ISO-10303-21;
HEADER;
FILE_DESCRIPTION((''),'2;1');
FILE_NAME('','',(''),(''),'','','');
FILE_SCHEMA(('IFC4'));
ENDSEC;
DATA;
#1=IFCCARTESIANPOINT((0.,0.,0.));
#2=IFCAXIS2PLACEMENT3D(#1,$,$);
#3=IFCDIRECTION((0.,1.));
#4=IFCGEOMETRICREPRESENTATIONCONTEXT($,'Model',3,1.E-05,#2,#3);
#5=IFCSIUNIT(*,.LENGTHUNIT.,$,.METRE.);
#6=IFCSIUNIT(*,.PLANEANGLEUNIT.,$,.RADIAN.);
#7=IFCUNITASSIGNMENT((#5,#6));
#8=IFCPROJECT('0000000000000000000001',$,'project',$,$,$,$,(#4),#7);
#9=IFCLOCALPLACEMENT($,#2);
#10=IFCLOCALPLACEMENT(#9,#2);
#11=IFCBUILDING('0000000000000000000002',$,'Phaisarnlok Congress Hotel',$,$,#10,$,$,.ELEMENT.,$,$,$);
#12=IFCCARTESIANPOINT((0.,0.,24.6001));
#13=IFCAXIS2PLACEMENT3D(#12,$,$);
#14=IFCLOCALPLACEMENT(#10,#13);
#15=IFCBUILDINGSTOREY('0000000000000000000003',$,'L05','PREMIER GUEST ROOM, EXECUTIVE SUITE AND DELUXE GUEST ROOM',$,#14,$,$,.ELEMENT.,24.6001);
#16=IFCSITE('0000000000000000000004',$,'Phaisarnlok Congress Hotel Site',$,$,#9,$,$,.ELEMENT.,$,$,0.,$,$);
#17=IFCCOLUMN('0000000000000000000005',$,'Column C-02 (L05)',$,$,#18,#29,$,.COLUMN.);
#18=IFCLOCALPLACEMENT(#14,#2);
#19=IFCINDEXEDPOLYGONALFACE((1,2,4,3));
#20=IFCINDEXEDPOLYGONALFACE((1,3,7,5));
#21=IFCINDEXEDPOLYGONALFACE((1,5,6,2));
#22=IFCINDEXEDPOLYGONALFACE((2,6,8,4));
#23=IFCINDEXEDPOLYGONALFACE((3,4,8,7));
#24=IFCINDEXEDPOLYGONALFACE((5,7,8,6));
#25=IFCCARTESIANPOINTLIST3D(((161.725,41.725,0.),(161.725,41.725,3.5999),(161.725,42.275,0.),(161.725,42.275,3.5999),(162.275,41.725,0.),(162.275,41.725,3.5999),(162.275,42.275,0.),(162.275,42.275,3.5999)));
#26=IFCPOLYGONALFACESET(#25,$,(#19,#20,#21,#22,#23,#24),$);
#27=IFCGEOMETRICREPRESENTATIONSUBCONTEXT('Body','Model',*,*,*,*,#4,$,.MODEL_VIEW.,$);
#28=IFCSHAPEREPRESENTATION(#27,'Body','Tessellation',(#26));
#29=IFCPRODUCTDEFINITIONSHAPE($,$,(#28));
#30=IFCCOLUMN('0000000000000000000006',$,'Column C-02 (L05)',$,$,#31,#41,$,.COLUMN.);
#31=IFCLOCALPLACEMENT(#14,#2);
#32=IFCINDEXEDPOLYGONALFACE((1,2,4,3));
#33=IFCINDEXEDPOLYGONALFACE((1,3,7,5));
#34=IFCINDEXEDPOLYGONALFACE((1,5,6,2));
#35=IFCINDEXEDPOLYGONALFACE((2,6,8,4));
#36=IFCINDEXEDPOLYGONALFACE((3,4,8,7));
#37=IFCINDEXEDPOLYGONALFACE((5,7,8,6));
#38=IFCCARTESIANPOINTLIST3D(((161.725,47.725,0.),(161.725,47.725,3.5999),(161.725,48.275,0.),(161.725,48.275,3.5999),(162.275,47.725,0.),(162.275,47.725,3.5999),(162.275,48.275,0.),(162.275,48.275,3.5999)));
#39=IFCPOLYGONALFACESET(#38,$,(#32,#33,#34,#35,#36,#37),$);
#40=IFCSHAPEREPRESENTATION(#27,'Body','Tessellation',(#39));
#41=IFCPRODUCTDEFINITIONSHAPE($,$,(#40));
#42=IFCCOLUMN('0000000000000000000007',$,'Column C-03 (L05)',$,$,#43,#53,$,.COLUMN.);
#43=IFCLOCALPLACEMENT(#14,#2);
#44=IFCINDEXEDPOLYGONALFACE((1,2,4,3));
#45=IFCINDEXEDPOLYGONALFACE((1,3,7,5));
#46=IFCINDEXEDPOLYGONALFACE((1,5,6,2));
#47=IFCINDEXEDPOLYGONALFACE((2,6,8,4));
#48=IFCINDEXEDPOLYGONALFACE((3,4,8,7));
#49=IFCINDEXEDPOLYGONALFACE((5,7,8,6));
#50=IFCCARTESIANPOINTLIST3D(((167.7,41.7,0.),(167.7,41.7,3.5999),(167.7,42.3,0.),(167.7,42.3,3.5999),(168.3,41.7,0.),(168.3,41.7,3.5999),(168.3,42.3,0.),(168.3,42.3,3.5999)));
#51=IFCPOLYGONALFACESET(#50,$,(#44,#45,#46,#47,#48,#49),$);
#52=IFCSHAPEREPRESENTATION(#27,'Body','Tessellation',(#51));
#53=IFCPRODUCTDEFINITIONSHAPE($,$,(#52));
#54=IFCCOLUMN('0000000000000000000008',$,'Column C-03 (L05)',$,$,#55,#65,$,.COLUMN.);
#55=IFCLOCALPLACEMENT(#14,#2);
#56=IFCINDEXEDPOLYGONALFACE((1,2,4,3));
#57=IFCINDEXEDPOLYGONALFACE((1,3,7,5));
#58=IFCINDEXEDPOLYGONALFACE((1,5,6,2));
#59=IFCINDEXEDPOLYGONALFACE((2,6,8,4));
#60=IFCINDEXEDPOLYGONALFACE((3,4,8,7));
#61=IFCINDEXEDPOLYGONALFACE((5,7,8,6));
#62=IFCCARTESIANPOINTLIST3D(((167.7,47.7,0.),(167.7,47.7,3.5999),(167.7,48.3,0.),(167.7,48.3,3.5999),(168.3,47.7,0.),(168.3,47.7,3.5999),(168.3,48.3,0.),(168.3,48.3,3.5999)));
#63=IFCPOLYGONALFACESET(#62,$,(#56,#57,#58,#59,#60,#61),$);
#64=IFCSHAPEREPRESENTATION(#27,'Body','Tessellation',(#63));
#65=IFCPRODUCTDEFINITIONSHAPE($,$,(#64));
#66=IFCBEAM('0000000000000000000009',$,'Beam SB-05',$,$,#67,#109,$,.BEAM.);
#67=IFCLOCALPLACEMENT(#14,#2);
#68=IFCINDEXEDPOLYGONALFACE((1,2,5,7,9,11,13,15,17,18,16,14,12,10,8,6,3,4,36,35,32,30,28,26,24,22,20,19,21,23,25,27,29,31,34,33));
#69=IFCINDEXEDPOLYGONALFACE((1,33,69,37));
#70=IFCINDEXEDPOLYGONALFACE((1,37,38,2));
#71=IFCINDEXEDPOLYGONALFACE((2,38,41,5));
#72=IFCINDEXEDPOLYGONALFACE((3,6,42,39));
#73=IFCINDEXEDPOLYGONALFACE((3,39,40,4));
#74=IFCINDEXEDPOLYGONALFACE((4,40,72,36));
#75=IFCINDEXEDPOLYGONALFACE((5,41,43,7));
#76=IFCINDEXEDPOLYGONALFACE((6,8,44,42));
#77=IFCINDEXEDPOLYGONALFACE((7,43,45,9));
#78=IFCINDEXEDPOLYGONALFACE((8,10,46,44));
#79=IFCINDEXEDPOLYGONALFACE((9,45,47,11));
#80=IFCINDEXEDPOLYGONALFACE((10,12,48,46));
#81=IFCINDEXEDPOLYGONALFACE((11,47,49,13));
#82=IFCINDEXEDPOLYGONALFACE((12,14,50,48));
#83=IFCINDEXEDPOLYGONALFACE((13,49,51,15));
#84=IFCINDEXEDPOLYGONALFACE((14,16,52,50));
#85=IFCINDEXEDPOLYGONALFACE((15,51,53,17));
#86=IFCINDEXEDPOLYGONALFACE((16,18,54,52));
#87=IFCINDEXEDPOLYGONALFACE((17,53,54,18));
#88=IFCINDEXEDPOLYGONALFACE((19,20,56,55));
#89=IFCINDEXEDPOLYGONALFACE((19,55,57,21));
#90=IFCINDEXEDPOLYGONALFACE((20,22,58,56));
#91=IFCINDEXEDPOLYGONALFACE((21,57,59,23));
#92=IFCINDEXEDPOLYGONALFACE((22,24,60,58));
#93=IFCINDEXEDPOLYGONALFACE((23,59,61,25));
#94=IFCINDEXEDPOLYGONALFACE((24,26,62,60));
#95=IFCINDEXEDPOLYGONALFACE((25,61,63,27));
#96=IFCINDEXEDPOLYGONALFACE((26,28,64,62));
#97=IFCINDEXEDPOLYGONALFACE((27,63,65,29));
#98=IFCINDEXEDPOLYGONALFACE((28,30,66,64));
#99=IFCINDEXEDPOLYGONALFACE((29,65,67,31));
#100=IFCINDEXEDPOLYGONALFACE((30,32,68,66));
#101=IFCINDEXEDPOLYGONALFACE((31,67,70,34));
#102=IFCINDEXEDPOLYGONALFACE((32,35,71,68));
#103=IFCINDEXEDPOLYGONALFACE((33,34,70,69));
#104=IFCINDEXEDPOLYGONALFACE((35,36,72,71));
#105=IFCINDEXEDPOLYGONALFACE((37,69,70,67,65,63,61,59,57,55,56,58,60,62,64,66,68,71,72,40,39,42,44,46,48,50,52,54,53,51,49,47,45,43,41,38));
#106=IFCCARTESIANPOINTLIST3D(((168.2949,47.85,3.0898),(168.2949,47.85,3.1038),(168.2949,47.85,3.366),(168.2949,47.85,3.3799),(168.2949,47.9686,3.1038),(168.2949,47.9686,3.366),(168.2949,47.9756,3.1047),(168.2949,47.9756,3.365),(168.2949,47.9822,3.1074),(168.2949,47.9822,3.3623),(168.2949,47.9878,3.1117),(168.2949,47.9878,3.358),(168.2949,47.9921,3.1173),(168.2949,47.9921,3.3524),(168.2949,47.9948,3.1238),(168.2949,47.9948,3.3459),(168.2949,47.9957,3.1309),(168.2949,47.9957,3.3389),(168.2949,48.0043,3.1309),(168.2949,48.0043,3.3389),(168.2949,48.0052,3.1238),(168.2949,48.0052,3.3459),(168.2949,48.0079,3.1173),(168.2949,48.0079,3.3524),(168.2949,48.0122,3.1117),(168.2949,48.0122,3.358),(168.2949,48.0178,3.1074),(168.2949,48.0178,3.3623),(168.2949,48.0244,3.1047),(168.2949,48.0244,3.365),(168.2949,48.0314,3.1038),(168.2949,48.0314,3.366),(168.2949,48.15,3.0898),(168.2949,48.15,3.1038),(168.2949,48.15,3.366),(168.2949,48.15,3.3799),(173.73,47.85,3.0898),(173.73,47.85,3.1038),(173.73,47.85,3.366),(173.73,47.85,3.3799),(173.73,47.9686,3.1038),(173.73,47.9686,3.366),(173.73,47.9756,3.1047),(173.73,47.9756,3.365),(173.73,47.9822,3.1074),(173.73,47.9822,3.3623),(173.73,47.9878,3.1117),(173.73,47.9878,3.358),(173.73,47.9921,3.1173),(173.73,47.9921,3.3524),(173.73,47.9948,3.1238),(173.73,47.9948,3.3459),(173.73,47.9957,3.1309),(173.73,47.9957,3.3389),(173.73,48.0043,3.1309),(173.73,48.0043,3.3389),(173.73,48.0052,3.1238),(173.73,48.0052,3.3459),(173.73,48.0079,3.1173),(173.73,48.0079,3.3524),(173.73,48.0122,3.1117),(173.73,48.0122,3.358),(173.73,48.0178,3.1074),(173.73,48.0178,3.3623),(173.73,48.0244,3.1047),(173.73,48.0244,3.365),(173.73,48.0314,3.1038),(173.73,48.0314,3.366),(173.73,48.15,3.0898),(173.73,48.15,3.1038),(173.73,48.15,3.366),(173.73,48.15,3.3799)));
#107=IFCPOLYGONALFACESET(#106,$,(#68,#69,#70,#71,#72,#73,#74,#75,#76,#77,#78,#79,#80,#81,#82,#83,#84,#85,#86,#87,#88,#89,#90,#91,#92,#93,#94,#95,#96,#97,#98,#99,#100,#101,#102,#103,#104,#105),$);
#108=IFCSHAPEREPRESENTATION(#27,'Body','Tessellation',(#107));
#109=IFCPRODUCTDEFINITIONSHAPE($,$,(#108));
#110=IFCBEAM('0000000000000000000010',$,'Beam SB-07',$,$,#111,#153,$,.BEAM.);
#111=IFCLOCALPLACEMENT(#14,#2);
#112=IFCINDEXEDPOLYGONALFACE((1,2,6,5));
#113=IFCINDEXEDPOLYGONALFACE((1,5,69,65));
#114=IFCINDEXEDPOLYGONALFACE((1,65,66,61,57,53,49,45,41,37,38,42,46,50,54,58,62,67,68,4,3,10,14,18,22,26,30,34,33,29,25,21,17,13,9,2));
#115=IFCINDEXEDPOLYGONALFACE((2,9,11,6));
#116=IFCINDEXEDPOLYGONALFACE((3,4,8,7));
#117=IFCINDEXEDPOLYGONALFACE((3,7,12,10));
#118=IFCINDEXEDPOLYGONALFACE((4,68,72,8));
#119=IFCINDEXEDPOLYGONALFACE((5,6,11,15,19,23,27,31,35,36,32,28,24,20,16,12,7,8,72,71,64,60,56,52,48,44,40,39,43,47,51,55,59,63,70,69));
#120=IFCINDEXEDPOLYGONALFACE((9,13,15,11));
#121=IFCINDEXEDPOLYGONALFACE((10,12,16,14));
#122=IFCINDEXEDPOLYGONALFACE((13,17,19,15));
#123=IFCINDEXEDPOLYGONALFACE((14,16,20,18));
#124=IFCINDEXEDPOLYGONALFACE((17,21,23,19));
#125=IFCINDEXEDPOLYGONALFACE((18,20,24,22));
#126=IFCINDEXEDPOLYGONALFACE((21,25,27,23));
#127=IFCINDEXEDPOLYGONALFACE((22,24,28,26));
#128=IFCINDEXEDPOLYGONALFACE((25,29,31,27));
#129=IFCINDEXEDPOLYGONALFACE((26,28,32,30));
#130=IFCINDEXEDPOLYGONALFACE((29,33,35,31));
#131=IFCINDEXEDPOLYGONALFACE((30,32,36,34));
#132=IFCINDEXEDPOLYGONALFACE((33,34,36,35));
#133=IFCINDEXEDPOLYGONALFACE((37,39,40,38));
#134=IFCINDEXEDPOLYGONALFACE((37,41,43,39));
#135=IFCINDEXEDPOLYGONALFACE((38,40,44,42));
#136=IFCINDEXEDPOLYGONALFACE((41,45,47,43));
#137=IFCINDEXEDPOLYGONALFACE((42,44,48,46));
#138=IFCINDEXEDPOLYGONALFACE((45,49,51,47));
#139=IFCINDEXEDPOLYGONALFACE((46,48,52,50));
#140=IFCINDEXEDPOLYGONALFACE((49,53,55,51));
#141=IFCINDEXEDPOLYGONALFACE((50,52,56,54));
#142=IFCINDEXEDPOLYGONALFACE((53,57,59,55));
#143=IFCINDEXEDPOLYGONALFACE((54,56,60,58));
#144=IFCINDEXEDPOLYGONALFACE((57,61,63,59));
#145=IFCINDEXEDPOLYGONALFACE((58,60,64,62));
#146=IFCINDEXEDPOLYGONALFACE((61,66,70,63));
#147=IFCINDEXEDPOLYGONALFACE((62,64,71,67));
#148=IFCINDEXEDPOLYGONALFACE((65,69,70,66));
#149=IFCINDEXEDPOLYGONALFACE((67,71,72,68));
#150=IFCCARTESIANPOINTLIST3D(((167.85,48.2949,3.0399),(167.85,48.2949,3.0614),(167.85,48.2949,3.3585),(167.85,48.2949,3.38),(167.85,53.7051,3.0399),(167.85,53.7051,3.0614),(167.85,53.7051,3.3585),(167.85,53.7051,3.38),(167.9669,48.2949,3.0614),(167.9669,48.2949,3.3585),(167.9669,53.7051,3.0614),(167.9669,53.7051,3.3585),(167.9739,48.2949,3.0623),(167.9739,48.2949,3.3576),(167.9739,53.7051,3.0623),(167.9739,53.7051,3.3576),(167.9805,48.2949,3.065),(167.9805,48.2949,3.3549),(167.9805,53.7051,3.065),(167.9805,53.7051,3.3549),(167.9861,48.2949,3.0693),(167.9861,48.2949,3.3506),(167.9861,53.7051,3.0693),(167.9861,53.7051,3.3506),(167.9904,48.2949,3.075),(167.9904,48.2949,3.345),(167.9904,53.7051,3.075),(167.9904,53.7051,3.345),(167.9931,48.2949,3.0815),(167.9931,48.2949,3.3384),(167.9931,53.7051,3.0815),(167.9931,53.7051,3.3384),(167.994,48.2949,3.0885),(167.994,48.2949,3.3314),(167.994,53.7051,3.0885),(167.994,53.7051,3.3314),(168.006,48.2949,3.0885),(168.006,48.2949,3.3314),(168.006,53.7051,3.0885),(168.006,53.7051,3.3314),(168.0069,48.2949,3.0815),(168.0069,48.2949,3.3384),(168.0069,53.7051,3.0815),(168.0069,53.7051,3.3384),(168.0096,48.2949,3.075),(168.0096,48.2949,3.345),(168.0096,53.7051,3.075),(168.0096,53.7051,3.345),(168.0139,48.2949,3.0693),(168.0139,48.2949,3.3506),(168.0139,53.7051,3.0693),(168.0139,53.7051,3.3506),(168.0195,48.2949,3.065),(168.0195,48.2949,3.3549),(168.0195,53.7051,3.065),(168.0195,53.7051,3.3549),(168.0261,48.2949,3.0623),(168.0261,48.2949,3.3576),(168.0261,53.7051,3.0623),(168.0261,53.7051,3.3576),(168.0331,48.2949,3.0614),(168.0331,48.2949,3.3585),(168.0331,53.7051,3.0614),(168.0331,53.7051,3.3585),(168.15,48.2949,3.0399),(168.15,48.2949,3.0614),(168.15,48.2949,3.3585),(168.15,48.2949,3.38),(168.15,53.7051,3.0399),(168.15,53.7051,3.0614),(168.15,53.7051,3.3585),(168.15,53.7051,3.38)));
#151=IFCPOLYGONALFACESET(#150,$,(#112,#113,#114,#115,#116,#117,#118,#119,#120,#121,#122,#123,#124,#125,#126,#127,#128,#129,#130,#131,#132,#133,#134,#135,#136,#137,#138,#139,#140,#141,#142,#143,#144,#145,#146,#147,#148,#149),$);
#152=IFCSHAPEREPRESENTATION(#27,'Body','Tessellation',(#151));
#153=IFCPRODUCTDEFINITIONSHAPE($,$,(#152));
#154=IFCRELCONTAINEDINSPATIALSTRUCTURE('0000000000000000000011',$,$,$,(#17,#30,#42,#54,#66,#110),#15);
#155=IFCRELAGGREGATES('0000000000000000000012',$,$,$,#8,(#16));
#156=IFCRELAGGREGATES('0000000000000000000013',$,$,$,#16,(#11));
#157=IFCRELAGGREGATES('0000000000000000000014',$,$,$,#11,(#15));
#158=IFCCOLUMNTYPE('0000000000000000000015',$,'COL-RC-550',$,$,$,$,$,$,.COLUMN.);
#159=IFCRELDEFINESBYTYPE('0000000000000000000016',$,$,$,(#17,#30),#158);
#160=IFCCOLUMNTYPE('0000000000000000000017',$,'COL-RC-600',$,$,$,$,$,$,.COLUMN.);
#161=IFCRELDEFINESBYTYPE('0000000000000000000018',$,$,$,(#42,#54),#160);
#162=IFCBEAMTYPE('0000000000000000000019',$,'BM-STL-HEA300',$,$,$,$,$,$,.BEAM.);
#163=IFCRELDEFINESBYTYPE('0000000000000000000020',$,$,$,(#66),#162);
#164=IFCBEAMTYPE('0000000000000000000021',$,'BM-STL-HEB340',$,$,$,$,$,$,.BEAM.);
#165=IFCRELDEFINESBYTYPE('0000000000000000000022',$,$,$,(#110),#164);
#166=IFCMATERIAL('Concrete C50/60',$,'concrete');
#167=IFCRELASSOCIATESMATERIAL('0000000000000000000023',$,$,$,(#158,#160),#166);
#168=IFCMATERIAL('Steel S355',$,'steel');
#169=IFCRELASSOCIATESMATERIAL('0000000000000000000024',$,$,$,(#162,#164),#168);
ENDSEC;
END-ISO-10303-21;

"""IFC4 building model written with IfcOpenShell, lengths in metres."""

from ifc_helpers import new_model, si_unit, direction, frame, origin, origin_2d, place, context, subcontext, project, spatial, rectangle, i_section, extrude, material, material_profile, profile_set, type_object, element, save


model = new_model("IFC4")

# Units and contexts
model_context = context("Model", 3, precision=1e-05, world=origin(), true_north=direction((0.0, 1.0)))
body_context = subcontext(model_context, "Body", "Model", "MODEL_VIEW")
ifc_project = project(units=[si_unit("LENGTHUNIT", "METRE"), si_unit("PLANEANGLEUNIT", "RADIAN")], contexts=[model_context])

# Site, building, storey
site_placement = place(None, origin())
site = spatial("IfcSite", under=ifc_project, at=site_placement, Name="Phaisarnlok Congress Hotel Site", CompositionType="ELEMENT", RefElevation=0.0)
building_placement = place(site_placement, origin())
building = spatial("IfcBuilding", under=site, at=building_placement, Name="Phaisarnlok Congress Hotel", CompositionType="ELEMENT")
storey_placement = place(building_placement, frame((0.0, 0.0, 24.6001)))
storey = spatial("IfcBuildingStorey", under=building, at=storey_placement, Name="L05", Description="PREMIER GUEST ROOM, EXECUTIVE SUITE AND DELUXE GUEST ROOM", CompositionType="ELEMENT", Elevation=24.6001)

# Columns
ifc_material_1 = material(Name="Concrete C50/60", Category="concrete")
ifc_material_profile_1 = material_profile(ifc_material_1, rectangle(XDim=0.55, YDim=0.55, at=origin_2d()), Name="RC 550x550")
ifc_profile_set_1 = profile_set([ifc_material_profile_1], Name="Concrete C50/60")
column_type_1 = type_object("IfcColumnType", Name="COL-RC-550", PredefinedType="COLUMN", material=ifc_profile_set_1)
for number, where, z_axis, x_axis, name in (
    (1, (162.0, 42.0, 0.0), (0.0, 0.0, 1.0), (1.0, 0.0, 0.0), "Column C-02 (L05)"),
    (2, (162.0, 48.0, 0.0), (0.0, 0.0, 1.0), (1.0, 0.0, 0.0), "Column C-02 (L05)"),
):
    element("IfcColumn", number, at=place(storey_placement, frame(where, z_axis=z_axis, x_axis=x_axis)), inside=storey, type_object=column_type_1, Name=name, PredefinedType="COLUMN", context=body_context, shape_type="SweptSolid", body=[
        extrude(rectangle(XDim=0.55, YDim=0.55, at=origin_2d()), origin(), (0.0, 0.0, 1.0), 3.5999),
    ])
ifc_material_profile_2 = material_profile(ifc_material_1, rectangle(XDim=0.6001, YDim=0.6001, at=origin_2d()), Name="RC 600x600")
ifc_profile_set_2 = profile_set([ifc_material_profile_2], Name="Concrete C50/60")
column_type_2 = type_object("IfcColumnType", Name="COL-RC-600", PredefinedType="COLUMN", material=ifc_profile_set_2)
for number, where, z_axis, x_axis, name in (
    (3, (168.0, 42.0, 0.0), (0.0, 0.0, 1.0), (1.0, 0.0, 0.0), "Column C-03 (L05)"),
    (4, (168.0, 48.0, 0.0), (0.0, 0.0, 1.0), (1.0, 0.0, 0.0), "Column C-03 (L05)"),
):
    element("IfcColumn", number, at=place(storey_placement, frame(where, z_axis=z_axis, x_axis=x_axis)), inside=storey, type_object=column_type_2, Name=name, PredefinedType="COLUMN", context=body_context, shape_type="SweptSolid", body=[
        extrude(rectangle(XDim=0.6001, YDim=0.6001, at=origin_2d()), origin(), (0.0, 0.0, 1.0), 3.5999),
    ])

# Beams
ifc_material_2 = material(Name="Steel S355", Category="steel")
ifc_material_profile_3 = material_profile(ifc_material_2, i_section(OverallWidth=0.3, OverallDepth=0.29, WebThickness=0.0085, FlangeThickness=0.0139, FilletRadius=0.0271, at=origin_2d()), Name="HEA 300")
ifc_profile_set_3 = profile_set([ifc_material_profile_3], Name="Steel S355")
beam_type_1 = type_object("IfcBeamType", Name="BM-STL-HEA300", PredefinedType="BEAM", material=ifc_profile_set_3)
beam_1_placement = place(storey_placement, frame((168.2949, 48.0, 3.2349), z_axis=(1.0, 0.0, 0.0), x_axis=(0.0, 1.0, 0.0)))
element("IfcBeam", 5, at=beam_1_placement, inside=storey, type_object=beam_type_1, Name="Beam SB-05", PredefinedType="BEAM", context=body_context, shape_type="SweptSolid", body=[
    extrude(i_section(OverallWidth=0.3, OverallDepth=0.29, WebThickness=0.0085, FlangeThickness=0.0139, FilletRadius=0.0271, at=origin_2d()), origin(), (0.0, 0.0, 1.0), 5.4351),
])
ifc_material_profile_4 = material_profile(ifc_material_2, i_section(OverallWidth=0.3, OverallDepth=0.3401, WebThickness=0.012, FlangeThickness=0.0215, FilletRadius=0.0271, at=origin_2d()), Name="HEB 340")
ifc_profile_set_4 = profile_set([ifc_material_profile_4], Name="Steel S355")
beam_type_2 = type_object("IfcBeamType", Name="BM-STL-HEB340", PredefinedType="BEAM", material=ifc_profile_set_4)
beam_2_placement = place(storey_placement, frame((168.0, 48.2949, 3.21), z_axis=(0.0, 1.0, 0.0), x_axis=(-1.0, 0.0, 0.0)))
element("IfcBeam", 6, at=beam_2_placement, inside=storey, type_object=beam_type_2, Name="Beam SB-07", PredefinedType="BEAM", context=body_context, shape_type="SweptSolid", body=[
    extrude(i_section(OverallWidth=0.3, OverallDepth=0.3401, WebThickness=0.012, FlangeThickness=0.0215, FilletRadius=0.0271, at=origin_2d()), origin(), (0.0, 0.0, 1.0), 5.4102),
])

save(model, "model.ifc")
